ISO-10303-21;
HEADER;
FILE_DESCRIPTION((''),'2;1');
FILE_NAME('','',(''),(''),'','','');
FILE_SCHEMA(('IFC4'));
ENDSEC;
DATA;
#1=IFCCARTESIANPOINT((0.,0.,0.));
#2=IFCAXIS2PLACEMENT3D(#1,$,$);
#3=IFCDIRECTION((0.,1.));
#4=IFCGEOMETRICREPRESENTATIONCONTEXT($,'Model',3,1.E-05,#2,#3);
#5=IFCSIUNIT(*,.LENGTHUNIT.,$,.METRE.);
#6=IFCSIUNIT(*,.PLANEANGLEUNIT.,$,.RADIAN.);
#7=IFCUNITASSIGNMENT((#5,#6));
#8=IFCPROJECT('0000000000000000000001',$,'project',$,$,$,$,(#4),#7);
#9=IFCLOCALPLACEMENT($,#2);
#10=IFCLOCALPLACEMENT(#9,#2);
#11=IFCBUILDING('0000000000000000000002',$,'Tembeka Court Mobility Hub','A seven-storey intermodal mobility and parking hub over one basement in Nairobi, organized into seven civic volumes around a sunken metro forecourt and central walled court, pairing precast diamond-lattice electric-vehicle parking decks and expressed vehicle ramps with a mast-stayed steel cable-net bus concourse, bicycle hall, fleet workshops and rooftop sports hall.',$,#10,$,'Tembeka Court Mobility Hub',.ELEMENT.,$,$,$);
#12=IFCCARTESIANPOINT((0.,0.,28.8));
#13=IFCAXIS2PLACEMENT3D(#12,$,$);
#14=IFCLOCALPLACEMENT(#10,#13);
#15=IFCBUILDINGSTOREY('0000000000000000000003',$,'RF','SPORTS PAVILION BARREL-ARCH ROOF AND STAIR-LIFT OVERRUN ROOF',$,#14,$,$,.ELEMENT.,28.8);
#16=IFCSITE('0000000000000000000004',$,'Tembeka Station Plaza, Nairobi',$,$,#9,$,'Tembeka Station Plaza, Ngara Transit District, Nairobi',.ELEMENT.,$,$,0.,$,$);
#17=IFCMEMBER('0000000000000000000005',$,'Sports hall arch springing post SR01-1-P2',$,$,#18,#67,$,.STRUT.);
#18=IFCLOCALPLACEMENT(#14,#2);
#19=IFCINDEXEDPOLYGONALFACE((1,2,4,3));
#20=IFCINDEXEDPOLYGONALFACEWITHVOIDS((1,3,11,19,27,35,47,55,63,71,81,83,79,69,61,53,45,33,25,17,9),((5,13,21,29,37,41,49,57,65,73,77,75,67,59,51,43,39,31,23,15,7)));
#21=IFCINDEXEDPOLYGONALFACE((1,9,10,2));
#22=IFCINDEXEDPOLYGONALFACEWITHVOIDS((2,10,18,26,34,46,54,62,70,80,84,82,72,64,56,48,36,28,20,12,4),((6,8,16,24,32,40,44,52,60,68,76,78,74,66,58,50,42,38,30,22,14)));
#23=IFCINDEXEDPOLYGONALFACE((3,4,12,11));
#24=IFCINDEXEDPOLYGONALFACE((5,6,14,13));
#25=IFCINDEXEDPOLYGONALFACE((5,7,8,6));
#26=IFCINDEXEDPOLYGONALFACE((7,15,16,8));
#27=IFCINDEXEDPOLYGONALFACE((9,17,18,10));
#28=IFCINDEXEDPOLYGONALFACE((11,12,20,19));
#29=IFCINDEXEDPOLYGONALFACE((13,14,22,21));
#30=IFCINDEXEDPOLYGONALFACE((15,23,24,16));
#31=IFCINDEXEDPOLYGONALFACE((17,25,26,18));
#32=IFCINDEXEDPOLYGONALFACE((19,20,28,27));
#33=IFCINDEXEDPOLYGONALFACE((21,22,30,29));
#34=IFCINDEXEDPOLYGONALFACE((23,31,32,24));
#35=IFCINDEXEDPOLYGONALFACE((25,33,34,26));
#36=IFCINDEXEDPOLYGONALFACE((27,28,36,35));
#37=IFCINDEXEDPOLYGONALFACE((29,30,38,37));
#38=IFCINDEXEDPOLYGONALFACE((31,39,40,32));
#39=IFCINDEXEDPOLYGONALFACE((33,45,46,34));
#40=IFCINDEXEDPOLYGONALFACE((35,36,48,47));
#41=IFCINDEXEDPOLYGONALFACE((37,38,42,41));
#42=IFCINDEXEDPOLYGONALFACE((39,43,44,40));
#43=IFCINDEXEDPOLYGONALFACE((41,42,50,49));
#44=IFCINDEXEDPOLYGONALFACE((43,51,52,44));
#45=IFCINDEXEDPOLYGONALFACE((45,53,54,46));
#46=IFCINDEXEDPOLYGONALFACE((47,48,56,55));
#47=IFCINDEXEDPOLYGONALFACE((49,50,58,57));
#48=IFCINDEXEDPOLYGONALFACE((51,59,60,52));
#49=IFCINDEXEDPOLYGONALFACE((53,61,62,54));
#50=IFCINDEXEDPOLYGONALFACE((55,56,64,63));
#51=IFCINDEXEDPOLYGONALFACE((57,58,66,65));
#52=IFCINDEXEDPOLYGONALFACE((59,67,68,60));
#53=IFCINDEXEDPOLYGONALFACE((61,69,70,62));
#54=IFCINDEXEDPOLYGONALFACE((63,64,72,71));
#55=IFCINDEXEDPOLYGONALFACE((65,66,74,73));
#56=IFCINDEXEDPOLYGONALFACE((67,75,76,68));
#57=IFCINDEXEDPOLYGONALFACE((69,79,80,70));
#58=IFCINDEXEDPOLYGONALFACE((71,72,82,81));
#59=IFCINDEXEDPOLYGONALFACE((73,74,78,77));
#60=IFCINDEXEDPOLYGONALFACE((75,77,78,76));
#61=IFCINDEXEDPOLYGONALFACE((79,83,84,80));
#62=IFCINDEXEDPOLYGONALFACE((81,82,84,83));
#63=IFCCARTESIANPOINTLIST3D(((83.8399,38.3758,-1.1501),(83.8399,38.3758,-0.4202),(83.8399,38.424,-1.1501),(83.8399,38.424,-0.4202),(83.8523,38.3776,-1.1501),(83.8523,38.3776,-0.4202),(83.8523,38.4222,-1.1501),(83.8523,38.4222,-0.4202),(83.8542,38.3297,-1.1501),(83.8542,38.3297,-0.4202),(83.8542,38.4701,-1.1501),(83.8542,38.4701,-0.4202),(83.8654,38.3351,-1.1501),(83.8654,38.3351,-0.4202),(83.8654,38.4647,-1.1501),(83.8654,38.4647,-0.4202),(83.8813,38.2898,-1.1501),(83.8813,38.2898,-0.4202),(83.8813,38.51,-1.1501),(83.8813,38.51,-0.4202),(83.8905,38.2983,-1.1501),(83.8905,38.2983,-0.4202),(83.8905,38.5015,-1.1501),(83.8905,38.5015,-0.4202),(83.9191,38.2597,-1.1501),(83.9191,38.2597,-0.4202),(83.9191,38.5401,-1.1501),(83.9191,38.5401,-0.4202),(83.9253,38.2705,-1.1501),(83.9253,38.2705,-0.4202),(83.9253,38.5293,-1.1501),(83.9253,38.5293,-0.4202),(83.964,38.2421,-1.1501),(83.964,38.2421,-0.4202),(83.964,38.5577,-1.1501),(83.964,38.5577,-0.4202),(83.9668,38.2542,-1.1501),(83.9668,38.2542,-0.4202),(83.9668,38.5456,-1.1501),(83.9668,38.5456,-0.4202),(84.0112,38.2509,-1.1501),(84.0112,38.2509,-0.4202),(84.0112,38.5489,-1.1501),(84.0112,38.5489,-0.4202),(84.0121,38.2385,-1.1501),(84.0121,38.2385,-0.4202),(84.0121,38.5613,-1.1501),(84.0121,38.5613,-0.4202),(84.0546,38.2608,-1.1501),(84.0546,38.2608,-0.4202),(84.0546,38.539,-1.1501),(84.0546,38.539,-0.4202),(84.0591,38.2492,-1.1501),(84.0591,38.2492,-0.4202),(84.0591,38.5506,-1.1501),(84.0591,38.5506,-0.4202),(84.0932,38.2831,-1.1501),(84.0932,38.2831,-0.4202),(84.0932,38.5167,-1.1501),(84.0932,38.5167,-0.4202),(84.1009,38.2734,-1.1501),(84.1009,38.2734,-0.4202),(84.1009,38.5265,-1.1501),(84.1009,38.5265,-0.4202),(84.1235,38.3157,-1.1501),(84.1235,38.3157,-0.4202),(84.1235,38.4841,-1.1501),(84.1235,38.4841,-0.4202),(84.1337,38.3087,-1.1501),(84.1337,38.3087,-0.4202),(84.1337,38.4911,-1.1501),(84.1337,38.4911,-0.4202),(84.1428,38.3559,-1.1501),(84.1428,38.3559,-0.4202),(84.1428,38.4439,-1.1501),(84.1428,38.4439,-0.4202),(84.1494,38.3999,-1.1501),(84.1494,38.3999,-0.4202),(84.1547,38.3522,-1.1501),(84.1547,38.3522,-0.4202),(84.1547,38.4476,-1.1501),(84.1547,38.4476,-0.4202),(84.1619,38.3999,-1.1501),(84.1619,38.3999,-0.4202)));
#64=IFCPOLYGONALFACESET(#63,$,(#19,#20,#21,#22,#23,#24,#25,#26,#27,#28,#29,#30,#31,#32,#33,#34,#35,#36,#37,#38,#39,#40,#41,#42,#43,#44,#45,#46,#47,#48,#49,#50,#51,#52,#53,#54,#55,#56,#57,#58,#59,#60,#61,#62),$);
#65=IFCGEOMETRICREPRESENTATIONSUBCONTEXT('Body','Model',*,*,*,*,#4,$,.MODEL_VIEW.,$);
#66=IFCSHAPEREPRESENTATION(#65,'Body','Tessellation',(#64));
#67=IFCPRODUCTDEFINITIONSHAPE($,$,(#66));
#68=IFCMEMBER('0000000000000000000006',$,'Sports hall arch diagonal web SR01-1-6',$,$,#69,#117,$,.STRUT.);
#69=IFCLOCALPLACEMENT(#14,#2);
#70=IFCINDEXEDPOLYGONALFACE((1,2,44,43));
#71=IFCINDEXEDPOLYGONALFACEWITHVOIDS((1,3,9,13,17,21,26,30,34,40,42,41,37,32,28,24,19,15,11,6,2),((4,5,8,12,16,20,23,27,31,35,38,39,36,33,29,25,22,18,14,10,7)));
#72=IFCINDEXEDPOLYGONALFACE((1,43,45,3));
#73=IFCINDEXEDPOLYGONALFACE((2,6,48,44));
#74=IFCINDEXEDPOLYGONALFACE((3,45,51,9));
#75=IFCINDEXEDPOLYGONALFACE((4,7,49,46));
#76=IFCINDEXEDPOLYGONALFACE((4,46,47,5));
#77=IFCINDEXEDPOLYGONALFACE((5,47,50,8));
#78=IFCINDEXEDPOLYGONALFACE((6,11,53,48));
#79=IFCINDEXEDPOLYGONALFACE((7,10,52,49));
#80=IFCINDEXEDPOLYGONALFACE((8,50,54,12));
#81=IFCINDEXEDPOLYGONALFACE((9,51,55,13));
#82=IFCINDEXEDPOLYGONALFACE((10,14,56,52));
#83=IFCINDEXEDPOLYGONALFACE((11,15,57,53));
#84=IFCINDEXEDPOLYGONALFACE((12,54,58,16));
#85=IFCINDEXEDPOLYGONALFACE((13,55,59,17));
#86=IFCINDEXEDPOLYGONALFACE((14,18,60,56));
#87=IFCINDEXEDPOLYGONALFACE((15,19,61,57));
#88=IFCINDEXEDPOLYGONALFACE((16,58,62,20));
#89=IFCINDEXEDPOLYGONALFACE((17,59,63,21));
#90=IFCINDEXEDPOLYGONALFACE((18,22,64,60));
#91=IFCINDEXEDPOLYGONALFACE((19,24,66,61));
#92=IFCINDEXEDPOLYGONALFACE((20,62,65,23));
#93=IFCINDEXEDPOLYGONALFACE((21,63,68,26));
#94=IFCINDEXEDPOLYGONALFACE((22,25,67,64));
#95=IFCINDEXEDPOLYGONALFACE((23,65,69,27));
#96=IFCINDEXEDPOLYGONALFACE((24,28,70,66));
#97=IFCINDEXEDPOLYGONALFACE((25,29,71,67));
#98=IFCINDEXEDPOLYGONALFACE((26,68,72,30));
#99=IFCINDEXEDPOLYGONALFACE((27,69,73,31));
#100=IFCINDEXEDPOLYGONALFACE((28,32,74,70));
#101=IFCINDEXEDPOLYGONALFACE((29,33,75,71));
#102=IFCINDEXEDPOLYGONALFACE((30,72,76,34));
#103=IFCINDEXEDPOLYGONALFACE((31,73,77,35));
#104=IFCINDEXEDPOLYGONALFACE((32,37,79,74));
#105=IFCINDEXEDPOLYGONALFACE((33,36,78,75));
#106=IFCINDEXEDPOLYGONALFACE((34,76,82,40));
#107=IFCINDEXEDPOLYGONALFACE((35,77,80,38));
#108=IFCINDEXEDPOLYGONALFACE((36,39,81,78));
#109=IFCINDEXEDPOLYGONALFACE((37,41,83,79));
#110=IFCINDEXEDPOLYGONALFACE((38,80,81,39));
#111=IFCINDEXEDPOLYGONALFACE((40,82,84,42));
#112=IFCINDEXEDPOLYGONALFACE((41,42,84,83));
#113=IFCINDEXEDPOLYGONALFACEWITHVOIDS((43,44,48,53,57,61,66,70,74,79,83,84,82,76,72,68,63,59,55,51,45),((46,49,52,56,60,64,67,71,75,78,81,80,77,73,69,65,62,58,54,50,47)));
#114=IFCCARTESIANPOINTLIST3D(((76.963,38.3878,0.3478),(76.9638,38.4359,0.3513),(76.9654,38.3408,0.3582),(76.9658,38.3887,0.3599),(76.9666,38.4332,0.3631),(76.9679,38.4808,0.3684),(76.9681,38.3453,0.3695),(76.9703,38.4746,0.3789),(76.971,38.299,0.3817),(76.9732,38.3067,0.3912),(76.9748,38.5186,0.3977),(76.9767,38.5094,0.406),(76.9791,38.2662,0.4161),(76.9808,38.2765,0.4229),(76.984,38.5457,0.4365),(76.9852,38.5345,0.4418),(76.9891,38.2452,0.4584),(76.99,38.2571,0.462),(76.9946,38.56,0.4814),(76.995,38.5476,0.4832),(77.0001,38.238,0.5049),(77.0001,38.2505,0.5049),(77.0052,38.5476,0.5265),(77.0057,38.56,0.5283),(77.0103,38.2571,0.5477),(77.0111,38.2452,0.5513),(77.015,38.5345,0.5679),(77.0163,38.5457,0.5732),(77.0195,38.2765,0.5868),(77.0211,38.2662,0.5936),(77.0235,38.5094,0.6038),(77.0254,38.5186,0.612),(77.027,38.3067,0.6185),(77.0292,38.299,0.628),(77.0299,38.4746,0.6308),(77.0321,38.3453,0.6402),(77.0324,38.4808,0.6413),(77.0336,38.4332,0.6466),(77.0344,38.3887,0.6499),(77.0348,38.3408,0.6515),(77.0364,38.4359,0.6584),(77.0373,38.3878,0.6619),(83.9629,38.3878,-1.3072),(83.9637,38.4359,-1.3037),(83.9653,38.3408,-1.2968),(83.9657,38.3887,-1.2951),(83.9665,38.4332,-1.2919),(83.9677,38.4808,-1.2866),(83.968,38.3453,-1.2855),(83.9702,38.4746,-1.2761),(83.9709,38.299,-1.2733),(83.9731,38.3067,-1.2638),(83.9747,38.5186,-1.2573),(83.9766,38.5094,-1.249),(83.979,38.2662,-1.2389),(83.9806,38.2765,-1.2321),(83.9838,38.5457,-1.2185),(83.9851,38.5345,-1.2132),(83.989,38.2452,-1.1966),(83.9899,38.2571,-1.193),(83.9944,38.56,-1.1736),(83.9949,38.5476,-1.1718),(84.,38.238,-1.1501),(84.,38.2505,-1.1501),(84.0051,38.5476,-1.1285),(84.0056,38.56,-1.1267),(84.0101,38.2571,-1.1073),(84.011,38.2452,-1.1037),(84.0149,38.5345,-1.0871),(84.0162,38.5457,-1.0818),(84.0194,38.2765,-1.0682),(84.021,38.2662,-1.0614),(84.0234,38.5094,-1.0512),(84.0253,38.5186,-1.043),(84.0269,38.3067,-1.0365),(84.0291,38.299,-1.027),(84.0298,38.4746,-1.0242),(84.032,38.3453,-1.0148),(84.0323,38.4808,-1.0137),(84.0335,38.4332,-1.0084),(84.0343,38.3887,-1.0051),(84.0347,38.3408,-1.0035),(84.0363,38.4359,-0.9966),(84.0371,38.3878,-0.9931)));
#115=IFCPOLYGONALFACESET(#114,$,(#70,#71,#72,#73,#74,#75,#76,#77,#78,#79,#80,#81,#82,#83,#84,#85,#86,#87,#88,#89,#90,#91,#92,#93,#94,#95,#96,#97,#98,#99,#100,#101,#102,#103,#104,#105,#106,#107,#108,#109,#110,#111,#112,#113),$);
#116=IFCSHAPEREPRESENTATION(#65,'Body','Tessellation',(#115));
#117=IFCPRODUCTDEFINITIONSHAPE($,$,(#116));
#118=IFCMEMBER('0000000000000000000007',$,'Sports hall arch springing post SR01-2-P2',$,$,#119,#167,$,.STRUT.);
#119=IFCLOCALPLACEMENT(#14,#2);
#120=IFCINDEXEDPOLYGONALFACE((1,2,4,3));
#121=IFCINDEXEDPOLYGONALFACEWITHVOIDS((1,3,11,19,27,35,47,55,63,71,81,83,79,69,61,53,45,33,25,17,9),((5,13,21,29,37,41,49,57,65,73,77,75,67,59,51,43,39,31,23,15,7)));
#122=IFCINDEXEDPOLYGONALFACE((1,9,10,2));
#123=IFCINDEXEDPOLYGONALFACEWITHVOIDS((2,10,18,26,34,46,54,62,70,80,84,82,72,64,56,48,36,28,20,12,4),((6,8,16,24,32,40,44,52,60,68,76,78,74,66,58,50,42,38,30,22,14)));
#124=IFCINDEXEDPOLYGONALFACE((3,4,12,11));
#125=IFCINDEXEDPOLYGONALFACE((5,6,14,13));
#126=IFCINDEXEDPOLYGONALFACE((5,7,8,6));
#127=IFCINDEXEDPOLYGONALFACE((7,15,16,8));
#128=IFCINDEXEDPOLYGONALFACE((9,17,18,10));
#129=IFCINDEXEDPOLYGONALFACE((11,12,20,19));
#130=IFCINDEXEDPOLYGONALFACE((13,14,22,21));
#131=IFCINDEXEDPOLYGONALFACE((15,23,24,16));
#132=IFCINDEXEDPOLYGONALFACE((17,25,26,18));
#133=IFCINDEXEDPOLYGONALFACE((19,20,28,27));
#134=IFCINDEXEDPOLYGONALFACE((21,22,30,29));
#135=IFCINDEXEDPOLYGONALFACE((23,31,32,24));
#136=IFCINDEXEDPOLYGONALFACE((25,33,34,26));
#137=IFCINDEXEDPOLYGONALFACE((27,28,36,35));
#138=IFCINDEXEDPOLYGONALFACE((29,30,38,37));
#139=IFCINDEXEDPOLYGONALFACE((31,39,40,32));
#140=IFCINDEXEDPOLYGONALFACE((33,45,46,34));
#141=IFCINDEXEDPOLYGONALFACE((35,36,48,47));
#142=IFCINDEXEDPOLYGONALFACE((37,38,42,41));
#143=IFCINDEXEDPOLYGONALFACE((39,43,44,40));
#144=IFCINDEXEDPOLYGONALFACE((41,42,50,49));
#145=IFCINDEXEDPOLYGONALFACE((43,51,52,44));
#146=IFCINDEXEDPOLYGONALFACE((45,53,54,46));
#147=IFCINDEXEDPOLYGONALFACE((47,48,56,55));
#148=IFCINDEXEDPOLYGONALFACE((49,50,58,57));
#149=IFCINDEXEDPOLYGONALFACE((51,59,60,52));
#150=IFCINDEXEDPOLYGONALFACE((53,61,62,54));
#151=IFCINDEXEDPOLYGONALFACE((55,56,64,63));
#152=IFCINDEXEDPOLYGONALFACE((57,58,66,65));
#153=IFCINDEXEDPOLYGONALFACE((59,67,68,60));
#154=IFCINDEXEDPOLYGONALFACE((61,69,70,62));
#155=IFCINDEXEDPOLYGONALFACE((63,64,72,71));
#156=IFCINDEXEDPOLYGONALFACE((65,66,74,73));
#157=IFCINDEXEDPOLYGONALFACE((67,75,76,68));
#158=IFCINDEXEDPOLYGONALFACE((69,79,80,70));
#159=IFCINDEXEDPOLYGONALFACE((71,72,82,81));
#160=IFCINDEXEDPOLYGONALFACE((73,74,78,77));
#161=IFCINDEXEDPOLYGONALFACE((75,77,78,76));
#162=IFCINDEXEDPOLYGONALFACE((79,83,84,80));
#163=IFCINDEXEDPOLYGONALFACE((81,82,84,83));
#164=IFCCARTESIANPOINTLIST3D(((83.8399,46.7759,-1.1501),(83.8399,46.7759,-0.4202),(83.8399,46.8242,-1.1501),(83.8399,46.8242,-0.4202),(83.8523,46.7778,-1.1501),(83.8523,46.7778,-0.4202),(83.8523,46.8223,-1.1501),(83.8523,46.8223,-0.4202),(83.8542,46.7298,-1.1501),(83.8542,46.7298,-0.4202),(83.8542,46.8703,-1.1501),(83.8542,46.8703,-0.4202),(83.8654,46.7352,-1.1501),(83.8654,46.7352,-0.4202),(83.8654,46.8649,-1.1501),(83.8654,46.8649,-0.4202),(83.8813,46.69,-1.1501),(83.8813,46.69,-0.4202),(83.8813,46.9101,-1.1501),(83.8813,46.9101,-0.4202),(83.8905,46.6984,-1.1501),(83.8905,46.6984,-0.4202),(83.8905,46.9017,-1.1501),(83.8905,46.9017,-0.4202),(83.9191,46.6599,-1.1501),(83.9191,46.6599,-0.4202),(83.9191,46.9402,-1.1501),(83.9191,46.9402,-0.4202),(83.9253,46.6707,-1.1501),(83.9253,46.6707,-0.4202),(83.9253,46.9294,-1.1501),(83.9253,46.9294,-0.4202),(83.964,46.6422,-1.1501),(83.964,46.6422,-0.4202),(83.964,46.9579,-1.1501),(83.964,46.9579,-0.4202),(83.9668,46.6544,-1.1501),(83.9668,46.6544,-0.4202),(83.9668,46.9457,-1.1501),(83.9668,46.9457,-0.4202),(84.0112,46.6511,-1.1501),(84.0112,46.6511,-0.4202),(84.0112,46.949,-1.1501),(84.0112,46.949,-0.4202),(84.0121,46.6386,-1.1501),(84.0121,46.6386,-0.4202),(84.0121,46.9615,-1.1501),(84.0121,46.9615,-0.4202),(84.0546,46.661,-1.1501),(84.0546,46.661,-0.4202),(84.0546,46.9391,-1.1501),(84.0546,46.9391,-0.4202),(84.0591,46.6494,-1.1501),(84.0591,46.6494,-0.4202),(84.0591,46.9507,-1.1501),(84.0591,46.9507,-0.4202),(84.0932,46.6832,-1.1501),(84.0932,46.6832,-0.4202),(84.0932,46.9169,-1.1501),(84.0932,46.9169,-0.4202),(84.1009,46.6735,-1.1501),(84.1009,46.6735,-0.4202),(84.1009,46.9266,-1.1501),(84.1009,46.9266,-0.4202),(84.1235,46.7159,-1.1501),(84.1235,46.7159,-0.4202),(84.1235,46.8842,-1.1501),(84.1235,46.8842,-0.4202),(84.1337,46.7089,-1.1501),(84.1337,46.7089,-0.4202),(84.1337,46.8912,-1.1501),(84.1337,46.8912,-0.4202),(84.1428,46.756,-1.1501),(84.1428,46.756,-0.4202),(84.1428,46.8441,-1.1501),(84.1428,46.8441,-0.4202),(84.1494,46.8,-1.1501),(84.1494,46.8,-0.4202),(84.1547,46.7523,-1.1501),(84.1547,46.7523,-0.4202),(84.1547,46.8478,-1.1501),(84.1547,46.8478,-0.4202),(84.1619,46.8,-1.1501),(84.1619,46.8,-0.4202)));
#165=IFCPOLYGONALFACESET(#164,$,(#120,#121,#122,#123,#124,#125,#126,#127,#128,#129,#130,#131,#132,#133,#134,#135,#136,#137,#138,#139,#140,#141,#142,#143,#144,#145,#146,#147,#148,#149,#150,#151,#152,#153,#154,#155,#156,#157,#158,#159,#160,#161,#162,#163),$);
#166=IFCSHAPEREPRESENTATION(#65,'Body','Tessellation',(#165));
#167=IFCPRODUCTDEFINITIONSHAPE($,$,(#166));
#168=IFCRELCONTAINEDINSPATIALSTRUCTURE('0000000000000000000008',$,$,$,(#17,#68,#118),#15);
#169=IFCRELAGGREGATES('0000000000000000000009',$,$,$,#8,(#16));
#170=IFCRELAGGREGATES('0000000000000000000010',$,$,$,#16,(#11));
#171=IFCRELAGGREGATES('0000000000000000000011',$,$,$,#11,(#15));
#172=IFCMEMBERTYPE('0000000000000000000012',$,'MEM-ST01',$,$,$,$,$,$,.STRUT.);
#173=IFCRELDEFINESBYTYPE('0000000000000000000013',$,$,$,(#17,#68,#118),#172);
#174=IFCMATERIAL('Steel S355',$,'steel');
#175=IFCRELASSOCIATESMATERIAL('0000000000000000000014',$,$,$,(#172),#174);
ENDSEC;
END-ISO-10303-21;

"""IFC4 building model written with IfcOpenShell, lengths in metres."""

from ifc_helpers import new_model, si_unit, direction, frame, origin, origin_2d, place, context, subcontext, project, spatial, hollow_circle, extrude, material, material_profile, profile_set, type_object, element, save


model = new_model("IFC4")

# Units and contexts
model_context = context("Model", 3, precision=1e-05, world=origin(), true_north=direction((0.0, 1.0)))
body_context = subcontext(model_context, "Body", "Model", "MODEL_VIEW")
ifc_project = project(units=[si_unit("LENGTHUNIT", "METRE"), si_unit("PLANEANGLEUNIT", "RADIAN")], contexts=[model_context])

# Site, building, storey
site_placement = place(None, origin())
site = spatial("IfcSite", under=ifc_project, at=site_placement, Name="Tembeka Station Plaza, Nairobi", LongName="Tembeka Station Plaza, Ngara Transit District, Nairobi", CompositionType="ELEMENT", RefElevation=0.0)
building_placement = place(site_placement, origin())
building = spatial("IfcBuilding", under=site, at=building_placement, Name="Tembeka Court Mobility Hub", Description="A seven-storey intermodal mobility and parking hub over one basement in Nairobi, organized into seven civic volumes around a sunken metro forecourt and central walled court, pairing precast diamond-lattice electric-vehicle parking decks and expressed vehicle ramps with a mast-stayed steel cable-net bus concourse, bicycle hall, fleet workshops and rooftop sports hall.", LongName="Tembeka Court Mobility Hub", CompositionType="ELEMENT")
storey_placement = place(building_placement, frame((0.0, 0.0, 28.8)))
storey = spatial("IfcBuildingStorey", under=building, at=storey_placement, Name="RF", Description="SPORTS PAVILION BARREL-ARCH ROOF AND STAIR-LIFT OVERRUN ROOF", CompositionType="ELEMENT", Elevation=28.8)

# Shared definitions
ifc_material_1 = material(Name="Steel S355", Category="steel")

# Members
ifc_material_profile_1 = material_profile(ifc_material_1, hollow_circle(Radius=0.1619, WallThickness=0.0125, at=origin_2d()), Name="CHS 323.9x12.5")
ifc_profile_set_1 = profile_set([ifc_material_profile_1], Name="Steel S355")
member_type = type_object("IfcMemberType", Name="MEM-ST01", PredefinedType="STRUT", material=ifc_profile_set_1)
member_1_placement = place(storey_placement, frame((84.0, 38.3999, -1.1501), z_axis=(0.0, 0.0, 1.0), x_axis=(1.0, 0.0, 0.0)))
element("IfcMember", 1, at=member_1_placement, inside=storey, type_object=member_type, Name="Sports hall arch springing post SR01-1-P2", PredefinedType="STRUT", context=body_context, shape_type="SweptSolid", body=[
    extrude(hollow_circle(Radius=0.1619, WallThickness=0.0125, at=origin_2d()), origin(), (0.0, 0.0, 1.0), 0.73),
])
member_2_placement = place(storey_placement, frame((84.0, 38.3999, -1.1501), z_axis=(-0.97317, 0.0, 0.230089), x_axis=(0.0, -1.0, 0.0)))
element("IfcMember", 2, at=member_2_placement, inside=storey, type_object=member_type, Name="Sports hall arch diagonal web SR01-1-6", PredefinedType="STRUT", context=body_context, shape_type="SweptSolid", body=[
    extrude(hollow_circle(Radius=0.1619, WallThickness=0.0125, at=origin_2d()), origin(), (0.0, 0.0, 1.0), 7.1929),
])
member_3_placement = place(storey_placement, frame((84.0, 46.8, -1.1501), z_axis=(0.0, 0.0, 1.0), x_axis=(1.0, 0.0, 0.0)))
element("IfcMember", 3, at=member_3_placement, inside=storey, type_object=member_type, Name="Sports hall arch springing post SR01-2-P2", PredefinedType="STRUT", context=body_context, shape_type="SweptSolid", body=[
    extrude(hollow_circle(Radius=0.1619, WallThickness=0.0125, at=origin_2d()), origin(), (0.0, 0.0, 1.0), 0.73),
])

save(model, "model.ifc")
